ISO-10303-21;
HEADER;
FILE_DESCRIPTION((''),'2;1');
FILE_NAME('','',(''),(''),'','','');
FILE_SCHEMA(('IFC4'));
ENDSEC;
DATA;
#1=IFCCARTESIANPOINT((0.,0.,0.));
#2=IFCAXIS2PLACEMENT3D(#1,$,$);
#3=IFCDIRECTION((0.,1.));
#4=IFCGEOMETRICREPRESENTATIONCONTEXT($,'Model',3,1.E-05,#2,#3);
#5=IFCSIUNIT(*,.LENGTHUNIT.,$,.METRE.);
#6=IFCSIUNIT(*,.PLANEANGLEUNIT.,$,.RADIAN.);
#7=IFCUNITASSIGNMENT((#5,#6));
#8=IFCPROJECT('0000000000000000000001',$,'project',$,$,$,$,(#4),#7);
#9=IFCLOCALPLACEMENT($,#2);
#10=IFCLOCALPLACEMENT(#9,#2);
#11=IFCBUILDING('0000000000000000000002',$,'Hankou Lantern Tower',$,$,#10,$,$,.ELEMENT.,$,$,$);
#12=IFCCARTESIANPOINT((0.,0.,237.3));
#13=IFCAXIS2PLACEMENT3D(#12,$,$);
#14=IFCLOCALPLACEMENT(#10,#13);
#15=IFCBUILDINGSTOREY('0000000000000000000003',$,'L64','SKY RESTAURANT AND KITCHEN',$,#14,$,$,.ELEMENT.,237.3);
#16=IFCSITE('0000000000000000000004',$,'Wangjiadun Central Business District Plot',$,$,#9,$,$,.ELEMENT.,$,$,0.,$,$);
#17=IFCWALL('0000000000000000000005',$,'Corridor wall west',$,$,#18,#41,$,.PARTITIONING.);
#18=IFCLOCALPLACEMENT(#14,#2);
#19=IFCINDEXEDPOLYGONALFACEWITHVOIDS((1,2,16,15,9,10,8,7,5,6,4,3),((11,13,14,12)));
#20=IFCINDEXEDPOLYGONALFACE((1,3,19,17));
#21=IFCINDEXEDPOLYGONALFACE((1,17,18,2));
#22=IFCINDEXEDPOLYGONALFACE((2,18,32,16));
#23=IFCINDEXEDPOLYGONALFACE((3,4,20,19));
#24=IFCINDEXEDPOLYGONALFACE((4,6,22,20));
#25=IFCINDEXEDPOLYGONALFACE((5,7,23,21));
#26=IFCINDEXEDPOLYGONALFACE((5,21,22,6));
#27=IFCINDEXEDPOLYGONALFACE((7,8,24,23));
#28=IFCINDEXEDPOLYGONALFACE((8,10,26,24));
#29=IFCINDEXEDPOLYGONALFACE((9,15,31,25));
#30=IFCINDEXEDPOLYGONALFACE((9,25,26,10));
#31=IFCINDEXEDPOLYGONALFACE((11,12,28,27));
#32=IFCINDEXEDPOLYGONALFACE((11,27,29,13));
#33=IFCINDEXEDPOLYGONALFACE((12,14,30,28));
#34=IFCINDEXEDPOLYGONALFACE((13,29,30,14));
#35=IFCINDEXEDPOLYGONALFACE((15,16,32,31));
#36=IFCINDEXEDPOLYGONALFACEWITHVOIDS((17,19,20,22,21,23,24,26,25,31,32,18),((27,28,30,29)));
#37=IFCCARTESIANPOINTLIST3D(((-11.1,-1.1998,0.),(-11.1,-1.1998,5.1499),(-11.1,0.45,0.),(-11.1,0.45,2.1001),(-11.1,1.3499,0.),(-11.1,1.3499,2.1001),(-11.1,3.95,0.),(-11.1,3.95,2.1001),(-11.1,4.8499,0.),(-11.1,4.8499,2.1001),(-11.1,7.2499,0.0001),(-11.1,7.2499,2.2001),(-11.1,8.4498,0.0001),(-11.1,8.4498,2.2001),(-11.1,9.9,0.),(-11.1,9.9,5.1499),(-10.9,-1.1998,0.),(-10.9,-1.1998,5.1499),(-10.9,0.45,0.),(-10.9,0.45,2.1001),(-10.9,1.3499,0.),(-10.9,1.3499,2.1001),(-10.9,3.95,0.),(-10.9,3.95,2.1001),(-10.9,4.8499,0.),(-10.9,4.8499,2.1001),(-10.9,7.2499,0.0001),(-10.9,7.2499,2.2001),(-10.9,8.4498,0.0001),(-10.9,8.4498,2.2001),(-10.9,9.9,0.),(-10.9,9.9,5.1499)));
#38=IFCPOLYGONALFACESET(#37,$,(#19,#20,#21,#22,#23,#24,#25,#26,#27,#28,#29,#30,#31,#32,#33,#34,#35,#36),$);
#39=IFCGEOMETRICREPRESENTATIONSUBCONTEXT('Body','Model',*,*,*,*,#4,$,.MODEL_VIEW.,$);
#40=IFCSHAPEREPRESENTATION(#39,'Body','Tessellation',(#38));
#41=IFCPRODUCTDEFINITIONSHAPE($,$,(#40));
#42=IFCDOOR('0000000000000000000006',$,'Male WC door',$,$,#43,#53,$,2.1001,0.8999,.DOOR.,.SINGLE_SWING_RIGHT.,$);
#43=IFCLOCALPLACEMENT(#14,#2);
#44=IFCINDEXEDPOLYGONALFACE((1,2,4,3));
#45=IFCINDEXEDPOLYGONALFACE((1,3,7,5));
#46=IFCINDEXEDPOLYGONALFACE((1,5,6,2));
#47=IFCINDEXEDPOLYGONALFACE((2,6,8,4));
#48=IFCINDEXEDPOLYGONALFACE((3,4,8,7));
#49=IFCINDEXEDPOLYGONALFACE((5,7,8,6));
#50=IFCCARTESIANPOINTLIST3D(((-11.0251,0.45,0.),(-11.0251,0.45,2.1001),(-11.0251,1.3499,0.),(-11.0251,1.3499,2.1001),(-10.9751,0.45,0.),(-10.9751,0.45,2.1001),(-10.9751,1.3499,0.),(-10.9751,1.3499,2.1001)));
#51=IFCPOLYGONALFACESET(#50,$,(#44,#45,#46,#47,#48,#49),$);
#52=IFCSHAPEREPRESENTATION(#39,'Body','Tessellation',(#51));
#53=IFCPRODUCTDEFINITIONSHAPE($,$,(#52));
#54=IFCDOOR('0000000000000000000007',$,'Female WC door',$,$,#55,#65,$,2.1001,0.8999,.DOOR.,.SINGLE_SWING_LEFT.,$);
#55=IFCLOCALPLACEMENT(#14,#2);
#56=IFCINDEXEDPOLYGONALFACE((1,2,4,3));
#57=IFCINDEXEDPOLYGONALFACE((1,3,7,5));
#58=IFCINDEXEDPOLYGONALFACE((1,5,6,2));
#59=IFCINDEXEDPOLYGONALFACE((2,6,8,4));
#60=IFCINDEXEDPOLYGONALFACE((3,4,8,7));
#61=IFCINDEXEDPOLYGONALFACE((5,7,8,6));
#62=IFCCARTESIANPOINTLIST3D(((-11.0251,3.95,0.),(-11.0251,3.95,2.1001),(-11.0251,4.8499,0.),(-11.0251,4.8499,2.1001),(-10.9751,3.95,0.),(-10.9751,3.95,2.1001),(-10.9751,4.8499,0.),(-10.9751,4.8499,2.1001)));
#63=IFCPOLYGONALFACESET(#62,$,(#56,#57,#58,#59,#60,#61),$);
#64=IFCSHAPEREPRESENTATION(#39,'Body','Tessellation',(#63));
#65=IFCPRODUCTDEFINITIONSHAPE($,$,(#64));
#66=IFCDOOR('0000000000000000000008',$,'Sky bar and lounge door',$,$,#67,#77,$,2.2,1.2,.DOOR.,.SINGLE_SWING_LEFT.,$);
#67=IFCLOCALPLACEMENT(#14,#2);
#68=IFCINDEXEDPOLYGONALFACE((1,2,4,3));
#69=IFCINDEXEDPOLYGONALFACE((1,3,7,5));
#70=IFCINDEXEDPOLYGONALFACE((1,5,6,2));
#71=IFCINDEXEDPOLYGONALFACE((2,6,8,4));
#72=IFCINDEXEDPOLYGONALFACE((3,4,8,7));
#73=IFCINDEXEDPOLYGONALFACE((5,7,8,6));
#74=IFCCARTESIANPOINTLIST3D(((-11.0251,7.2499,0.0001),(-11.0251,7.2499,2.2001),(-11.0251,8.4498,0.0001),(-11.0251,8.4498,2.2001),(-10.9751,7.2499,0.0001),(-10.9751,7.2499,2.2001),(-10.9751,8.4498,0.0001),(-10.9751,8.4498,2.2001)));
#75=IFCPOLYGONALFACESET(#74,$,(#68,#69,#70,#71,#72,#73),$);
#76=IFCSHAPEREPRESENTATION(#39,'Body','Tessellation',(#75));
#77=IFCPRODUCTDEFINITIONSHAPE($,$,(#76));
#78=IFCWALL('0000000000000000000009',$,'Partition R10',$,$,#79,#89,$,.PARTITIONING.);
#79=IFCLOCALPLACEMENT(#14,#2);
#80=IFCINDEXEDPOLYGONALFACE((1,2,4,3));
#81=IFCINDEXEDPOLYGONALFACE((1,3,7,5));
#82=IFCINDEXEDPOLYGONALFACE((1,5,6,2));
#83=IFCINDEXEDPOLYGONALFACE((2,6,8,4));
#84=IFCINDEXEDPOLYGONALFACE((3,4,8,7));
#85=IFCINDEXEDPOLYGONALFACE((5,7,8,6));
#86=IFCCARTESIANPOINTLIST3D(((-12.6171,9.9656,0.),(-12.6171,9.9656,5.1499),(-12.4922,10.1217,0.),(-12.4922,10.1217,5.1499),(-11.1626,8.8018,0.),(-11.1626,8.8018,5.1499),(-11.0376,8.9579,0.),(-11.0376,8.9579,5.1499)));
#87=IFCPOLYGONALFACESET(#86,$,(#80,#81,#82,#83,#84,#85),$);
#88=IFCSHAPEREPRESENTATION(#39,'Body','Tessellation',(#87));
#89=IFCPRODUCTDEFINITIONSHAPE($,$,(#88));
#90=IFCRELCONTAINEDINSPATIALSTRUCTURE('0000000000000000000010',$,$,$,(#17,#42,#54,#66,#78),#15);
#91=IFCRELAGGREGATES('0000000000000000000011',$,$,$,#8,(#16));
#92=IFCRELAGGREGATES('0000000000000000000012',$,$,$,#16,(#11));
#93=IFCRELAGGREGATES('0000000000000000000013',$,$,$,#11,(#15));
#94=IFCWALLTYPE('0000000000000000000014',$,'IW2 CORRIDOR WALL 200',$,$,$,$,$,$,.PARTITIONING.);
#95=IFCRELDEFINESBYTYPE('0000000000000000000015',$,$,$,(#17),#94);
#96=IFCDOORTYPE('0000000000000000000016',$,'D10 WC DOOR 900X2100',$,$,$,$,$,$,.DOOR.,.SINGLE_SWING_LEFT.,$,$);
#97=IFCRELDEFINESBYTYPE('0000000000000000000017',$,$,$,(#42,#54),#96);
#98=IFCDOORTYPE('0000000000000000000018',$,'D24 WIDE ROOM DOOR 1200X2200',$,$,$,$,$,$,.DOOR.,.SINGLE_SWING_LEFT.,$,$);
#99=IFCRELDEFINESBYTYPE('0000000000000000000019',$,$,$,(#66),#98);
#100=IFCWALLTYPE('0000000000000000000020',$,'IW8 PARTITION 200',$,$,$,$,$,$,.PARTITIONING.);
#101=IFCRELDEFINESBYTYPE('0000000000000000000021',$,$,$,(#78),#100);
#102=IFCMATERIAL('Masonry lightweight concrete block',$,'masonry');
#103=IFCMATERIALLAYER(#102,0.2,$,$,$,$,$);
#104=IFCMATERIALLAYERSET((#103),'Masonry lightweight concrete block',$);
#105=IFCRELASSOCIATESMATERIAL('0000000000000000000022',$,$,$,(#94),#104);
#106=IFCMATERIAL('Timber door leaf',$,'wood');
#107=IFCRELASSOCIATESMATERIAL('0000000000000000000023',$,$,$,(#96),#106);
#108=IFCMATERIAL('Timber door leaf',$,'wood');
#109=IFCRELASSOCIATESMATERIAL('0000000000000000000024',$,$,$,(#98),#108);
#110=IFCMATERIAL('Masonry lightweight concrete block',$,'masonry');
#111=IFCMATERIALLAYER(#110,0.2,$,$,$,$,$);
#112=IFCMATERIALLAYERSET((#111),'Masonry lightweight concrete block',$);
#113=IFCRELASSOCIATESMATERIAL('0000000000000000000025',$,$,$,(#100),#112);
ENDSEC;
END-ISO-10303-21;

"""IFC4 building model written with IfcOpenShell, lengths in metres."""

from ifc_helpers import new_model, si_unit, direction, frame, frame_2d, origin, place, context, subcontext, project, spatial, rectangle, extrude, material, layer, layer_set, type_object, element, fill, save


model = new_model("IFC4")

# Units and contexts
model_context = context("Model", 3, precision=1e-05, world=origin(), true_north=direction((0.0, 1.0)))
body_context = subcontext(model_context, "Body", "Model", "MODEL_VIEW")
ifc_project = project(units=[si_unit("LENGTHUNIT", "METRE"), si_unit("PLANEANGLEUNIT", "RADIAN")], contexts=[model_context])

# Site, building, storey
site_placement = place(None, origin())
site = spatial("IfcSite", under=ifc_project, at=site_placement, Name="Wangjiadun Central Business District Plot", CompositionType="ELEMENT", RefElevation=0.0)
building_placement = place(site_placement, origin())
building = spatial("IfcBuilding", under=site, at=building_placement, Name="Hankou Lantern Tower", CompositionType="ELEMENT")
storey_placement = place(building_placement, frame((0.0, 0.0, 237.3)))
storey = spatial("IfcBuildingStorey", under=building, at=storey_placement, Name="L64", Description="SKY RESTAURANT AND KITCHEN", CompositionType="ELEMENT", Elevation=237.3)

# Wall, openings, doors
ifc_material_1 = material(Name="Masonry lightweight concrete block", Category="masonry")
ifc_layer_1 = layer(ifc_material_1, 0.2)
ifc_layer_set_1 = layer_set([ifc_layer_1], Name="Masonry lightweight concrete block")
wall_type_1 = type_object("IfcWallType", Name="IW2 CORRIDOR WALL 200", PredefinedType="PARTITIONING", material=ifc_layer_set_1)
wall_1_placement = place(storey_placement, frame((-11.0, 9.8999, 0.0), z_axis=(0.0, 0.0, 1.0), x_axis=(0.0, -1.0, 0.0)))
wall_1 = element("IfcWall", 1, at=wall_1_placement, inside=storey, type_object=wall_type_1, Name="Corridor wall west", PredefinedType="PARTITIONING", context=body_context, shape_type="SweptSolid", body=[
    extrude(rectangle(XDim=11.0999, YDim=0.2, at=frame_2d((5.5498, 0.0))), origin(), (0.0, 0.0, 1.0), 5.1499),
])
opening_1_placement = place(wall_1_placement, frame((1.45, 0.0, 0.0)))
opening_1 = element("IfcOpeningElement", 2, at=opening_1_placement, cuts=wall_1, PredefinedType="OPENING", context=body_context, shape_type="SweptSolid", body=[
    extrude(rectangle(XDim=1.2, YDim=2.2, at=frame_2d((0.6001, 1.1001))), frame((0.0, 0.1099, 0.0), z_axis=(0.0, -1.0, 0.0), x_axis=(1.0, 0.0, 0.0)), (0.0, 0.0, 1.0), 0.22),
])
opening_2_placement = place(wall_1_placement, frame((8.55, 0.0, 0.0)))
opening_2 = element("IfcOpeningElement", 3, at=opening_2_placement, cuts=wall_1, PredefinedType="OPENING", context=body_context, shape_type="SweptSolid", body=[
    extrude(rectangle(XDim=0.8999, YDim=2.1001, at=frame_2d((0.45, 1.05))), frame((0.0, 0.1099, 0.0), z_axis=(0.0, -1.0, 0.0), x_axis=(1.0, 0.0, 0.0)), (0.0, 0.0, 1.0), 0.22),
])
opening_3_placement = place(wall_1_placement, frame((5.05, 0.0, 0.0)))
opening_3 = element("IfcOpeningElement", 4, at=opening_3_placement, cuts=wall_1, PredefinedType="OPENING", context=body_context, shape_type="SweptSolid", body=[
    extrude(rectangle(XDim=0.8999, YDim=2.1001, at=frame_2d((0.45, 1.05))), frame((0.0, 0.1099, 0.0), z_axis=(0.0, -1.0, 0.0), x_axis=(1.0, 0.0, 0.0)), (0.0, 0.0, 1.0), 0.22),
])
ifc_material_2 = material(Name="Timber door leaf", Category="wood")
door_type_1 = type_object("IfcDoorType", Name="D10 WC DOOR 900X2100", OperationType="SINGLE_SWING_LEFT", PredefinedType="DOOR", material=ifc_material_2)
door_1_placement = place(opening_2_placement, origin())
door_1 = element("IfcDoor", 5, at=door_1_placement, inside=storey, type_object=door_type_1, Name="Male WC door", OperationType="SINGLE_SWING_RIGHT", OverallHeight=2.1001, OverallWidth=0.8999, PredefinedType="DOOR", context=body_context, shape_type="SweptSolid", body=[
    extrude(rectangle(XDim=0.8999, YDim=2.1001, at=frame_2d((0.45, 1.05))), frame((0.0, 0.0249, 0.0), z_axis=(0.0, -1.0, 0.0), x_axis=(1.0, 0.0, 0.0)), (0.0, 0.0, 1.0), 0.05),
])
fill(opening_2, door_1)
door_2_placement = place(opening_3_placement, origin())
door_2 = element("IfcDoor", 6, at=door_2_placement, inside=storey, type_object=door_type_1, Name="Female WC door", OperationType="SINGLE_SWING_LEFT", OverallHeight=2.1001, OverallWidth=0.8999, PredefinedType="DOOR", context=body_context, shape_type="SweptSolid", body=[
    extrude(rectangle(XDim=0.8999, YDim=2.1001, at=frame_2d((0.45, 1.05))), frame((0.0, 0.0249, 0.0), z_axis=(0.0, -1.0, 0.0), x_axis=(1.0, 0.0, 0.0)), (0.0, 0.0, 1.0), 0.05),
])
fill(opening_3, door_2)
ifc_material_3 = material(Name="Timber door leaf", Category="wood")
door_type_2 = type_object("IfcDoorType", Name="D24 WIDE ROOM DOOR 1200X2200", OperationType="SINGLE_SWING_LEFT", PredefinedType="DOOR", material=ifc_material_3)
door_3_placement = place(opening_1_placement, origin())
door_3 = element("IfcDoor", 7, at=door_3_placement, inside=storey, type_object=door_type_2, Name="Sky bar and lounge door", OperationType="SINGLE_SWING_LEFT", OverallHeight=2.2, OverallWidth=1.2, PredefinedType="DOOR", context=body_context, shape_type="SweptSolid", body=[
    extrude(rectangle(XDim=1.2, YDim=2.2, at=frame_2d((0.6001, 1.1001))), frame((0.0, 0.0249, 0.0), z_axis=(0.0, -1.0, 0.0), x_axis=(1.0, 0.0, 0.0)), (0.0, 0.0, 1.0), 0.05),
])
fill(opening_1, door_3)

# Wall
ifc_material_4 = material(Name="Masonry lightweight concrete block", Category="masonry")
ifc_layer_2 = layer(ifc_material_4, 0.2)
ifc_layer_set_2 = layer_set([ifc_layer_2], Name="Masonry lightweight concrete block")
wall_type_2 = type_object("IfcWallType", Name="IW8 PARTITION 200", PredefinedType="PARTITIONING", material=ifc_layer_set_2)
wall_2_placement = place(storey_placement, frame((-11.1001, 8.8799, 0.0), z_axis=(0.0, 0.0, 1.0), x_axis=(-0.78083, 0.624743, 0.0)))
element("IfcWall", 8, at=wall_2_placement, inside=storey, type_object=wall_type_2, Name="Partition R10", PredefinedType="PARTITIONING", context=body_context, shape_type="SweptSolid", body=[
    extrude(rectangle(XDim=1.8628, YDim=0.2, at=frame_2d((0.9314, 0.0))), origin(), (0.0, 0.0, 1.0), 5.1499),
])

save(model, "model.ifc")
